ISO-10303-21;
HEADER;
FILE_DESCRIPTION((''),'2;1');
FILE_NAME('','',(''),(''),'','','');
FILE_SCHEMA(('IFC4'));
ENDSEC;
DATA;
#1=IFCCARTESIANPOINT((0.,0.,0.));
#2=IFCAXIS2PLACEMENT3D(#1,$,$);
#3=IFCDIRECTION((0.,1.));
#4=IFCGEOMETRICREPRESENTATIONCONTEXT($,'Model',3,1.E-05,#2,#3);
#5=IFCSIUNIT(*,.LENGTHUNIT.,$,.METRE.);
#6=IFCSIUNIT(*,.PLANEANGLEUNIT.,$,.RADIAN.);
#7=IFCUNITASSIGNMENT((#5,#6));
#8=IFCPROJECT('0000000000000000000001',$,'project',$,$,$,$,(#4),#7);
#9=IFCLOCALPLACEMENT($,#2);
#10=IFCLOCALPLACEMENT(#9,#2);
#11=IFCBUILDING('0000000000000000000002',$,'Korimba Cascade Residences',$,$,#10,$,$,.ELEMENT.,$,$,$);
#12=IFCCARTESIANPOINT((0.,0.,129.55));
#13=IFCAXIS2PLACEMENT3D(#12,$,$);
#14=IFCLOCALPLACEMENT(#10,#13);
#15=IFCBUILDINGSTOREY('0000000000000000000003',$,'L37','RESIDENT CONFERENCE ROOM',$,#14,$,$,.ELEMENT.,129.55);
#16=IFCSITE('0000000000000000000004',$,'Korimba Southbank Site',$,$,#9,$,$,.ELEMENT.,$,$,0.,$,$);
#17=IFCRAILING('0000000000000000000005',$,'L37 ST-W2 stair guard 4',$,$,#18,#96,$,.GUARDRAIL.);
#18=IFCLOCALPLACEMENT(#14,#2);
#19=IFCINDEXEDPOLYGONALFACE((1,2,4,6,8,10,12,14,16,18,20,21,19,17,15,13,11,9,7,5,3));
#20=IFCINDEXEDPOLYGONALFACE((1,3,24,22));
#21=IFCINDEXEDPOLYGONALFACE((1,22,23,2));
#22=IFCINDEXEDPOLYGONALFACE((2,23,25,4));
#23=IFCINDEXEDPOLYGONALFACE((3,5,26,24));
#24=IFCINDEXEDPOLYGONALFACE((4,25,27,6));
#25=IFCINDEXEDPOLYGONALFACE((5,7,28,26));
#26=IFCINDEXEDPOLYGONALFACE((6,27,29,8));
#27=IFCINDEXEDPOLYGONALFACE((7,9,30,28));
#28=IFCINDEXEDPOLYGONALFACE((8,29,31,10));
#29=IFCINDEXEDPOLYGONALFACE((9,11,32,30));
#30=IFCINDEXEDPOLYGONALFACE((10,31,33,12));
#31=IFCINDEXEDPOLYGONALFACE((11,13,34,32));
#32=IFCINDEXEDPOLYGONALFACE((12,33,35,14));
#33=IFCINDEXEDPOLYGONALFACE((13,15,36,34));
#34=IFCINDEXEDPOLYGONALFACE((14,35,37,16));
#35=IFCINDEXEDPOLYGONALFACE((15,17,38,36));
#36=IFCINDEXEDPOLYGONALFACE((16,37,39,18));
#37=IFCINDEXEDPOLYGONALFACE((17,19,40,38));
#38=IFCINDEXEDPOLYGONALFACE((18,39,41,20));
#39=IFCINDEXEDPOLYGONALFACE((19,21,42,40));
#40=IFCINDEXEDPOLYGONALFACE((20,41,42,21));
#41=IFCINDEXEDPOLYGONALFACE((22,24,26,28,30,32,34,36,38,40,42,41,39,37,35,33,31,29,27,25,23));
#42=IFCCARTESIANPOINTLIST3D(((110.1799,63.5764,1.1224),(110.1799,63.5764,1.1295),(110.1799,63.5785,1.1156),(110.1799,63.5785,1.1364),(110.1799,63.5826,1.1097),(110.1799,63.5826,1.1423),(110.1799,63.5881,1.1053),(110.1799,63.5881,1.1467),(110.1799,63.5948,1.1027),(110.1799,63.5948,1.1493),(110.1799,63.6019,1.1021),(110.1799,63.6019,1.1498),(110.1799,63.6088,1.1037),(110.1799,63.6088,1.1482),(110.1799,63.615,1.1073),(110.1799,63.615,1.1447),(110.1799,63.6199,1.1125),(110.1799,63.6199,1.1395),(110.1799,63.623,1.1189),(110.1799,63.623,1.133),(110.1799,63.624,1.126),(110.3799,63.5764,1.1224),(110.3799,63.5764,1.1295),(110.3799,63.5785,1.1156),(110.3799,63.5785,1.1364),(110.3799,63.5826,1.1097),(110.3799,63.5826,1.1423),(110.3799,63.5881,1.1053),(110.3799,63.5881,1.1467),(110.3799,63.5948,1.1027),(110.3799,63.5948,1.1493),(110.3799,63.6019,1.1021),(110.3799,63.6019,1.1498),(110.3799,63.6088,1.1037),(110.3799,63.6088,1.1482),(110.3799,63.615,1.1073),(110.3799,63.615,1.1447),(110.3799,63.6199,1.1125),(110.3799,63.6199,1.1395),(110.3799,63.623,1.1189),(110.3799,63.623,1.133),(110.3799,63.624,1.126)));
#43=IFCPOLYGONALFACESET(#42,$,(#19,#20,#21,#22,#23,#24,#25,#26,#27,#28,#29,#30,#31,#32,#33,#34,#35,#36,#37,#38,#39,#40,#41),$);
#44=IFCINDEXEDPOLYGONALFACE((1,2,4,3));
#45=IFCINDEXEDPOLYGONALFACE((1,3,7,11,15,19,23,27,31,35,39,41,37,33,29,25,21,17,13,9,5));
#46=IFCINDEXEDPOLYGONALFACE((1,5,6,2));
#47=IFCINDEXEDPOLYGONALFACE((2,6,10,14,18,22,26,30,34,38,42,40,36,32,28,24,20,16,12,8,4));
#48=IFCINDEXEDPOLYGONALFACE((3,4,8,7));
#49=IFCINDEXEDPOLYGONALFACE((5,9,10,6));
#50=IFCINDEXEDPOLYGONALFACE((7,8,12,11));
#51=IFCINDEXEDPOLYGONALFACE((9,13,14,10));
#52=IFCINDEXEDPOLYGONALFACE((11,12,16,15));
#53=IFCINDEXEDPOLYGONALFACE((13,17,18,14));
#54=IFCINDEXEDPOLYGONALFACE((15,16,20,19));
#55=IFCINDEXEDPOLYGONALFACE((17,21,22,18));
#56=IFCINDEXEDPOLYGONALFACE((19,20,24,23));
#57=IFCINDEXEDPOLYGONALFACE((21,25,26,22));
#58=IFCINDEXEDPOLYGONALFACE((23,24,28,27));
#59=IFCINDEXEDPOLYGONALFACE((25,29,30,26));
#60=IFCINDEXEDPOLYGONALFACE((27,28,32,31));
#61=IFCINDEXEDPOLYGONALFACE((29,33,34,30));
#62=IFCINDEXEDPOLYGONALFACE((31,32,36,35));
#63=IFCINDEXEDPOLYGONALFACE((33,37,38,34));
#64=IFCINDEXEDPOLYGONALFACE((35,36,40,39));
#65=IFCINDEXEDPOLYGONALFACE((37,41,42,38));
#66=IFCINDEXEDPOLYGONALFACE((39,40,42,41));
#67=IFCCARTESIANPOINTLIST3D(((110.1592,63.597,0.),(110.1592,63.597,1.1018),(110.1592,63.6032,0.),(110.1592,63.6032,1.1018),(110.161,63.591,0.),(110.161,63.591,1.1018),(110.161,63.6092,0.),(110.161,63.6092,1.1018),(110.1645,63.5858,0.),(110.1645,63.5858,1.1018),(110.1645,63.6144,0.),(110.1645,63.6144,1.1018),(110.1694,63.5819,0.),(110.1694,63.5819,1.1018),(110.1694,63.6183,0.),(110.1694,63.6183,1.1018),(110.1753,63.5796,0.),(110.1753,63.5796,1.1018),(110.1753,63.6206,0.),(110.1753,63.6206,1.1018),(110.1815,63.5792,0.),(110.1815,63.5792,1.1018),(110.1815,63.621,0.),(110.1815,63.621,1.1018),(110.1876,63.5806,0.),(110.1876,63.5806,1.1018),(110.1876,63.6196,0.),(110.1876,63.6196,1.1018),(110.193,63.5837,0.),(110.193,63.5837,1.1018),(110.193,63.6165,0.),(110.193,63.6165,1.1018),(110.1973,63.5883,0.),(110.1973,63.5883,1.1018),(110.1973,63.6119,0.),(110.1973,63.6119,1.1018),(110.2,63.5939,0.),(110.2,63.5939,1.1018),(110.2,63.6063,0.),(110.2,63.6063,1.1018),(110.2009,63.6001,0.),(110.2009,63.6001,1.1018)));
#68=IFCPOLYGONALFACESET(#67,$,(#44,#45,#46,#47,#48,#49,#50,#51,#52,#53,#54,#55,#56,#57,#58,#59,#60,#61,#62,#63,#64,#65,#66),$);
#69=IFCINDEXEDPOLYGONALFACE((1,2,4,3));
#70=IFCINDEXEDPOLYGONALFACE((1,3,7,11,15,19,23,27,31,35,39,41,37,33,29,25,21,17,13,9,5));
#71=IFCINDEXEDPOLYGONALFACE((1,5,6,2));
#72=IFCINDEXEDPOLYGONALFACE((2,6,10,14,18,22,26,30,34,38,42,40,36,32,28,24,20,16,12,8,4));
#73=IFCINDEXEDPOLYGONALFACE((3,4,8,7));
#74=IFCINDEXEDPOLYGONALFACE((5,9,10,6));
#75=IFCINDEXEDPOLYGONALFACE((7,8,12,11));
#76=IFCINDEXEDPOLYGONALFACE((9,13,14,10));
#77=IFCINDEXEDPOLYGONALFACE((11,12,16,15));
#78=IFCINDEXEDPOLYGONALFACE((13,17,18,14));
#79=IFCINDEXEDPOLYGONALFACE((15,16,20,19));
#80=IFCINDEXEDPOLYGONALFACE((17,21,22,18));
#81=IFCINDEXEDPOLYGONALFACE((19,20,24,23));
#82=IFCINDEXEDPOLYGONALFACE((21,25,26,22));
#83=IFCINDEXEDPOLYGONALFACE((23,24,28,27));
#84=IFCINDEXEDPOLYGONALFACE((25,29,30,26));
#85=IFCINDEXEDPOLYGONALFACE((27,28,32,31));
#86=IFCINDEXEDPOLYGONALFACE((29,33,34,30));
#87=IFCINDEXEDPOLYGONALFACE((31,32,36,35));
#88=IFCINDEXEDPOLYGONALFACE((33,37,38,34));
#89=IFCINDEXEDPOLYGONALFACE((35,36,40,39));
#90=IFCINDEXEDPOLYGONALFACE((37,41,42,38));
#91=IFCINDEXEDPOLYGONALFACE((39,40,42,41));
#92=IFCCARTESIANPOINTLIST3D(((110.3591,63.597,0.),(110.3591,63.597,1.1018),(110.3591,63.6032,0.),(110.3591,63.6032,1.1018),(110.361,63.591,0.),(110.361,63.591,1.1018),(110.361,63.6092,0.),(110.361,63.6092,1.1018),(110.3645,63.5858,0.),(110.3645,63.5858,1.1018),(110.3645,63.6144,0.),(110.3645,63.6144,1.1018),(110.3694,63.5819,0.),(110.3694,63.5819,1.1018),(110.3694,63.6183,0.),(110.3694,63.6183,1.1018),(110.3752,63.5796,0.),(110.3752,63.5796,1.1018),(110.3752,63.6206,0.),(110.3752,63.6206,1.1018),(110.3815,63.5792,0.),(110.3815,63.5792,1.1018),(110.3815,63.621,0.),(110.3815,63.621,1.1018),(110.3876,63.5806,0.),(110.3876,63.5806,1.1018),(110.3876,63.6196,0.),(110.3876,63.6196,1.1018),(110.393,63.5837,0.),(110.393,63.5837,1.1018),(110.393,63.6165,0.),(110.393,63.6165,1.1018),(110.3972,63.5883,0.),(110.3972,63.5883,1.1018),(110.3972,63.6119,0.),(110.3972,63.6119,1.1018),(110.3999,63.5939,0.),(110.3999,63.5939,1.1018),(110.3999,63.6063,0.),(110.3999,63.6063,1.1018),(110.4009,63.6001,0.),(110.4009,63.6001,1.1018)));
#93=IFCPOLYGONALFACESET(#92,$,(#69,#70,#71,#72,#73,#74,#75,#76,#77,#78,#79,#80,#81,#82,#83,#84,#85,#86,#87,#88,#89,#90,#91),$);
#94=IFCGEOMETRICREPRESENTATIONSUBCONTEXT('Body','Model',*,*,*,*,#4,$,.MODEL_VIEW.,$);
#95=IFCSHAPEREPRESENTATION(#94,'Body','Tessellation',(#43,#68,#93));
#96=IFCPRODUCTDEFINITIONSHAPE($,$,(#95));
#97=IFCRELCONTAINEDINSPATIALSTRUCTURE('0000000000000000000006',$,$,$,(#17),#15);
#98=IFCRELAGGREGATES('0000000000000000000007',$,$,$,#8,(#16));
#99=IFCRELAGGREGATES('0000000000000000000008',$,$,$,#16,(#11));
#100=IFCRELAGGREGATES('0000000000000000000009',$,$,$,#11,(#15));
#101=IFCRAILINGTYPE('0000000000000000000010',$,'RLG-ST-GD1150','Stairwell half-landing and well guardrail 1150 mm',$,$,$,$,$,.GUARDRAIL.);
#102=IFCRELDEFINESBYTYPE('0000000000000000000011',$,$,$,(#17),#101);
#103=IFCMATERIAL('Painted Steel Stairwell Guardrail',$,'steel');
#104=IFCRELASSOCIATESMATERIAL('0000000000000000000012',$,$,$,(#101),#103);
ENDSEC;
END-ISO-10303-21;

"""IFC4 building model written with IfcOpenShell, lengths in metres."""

from ifc_helpers import new_model, si_unit, direction, frame, origin, origin_2d, place, context, subcontext, project, spatial, circle, extrude, material, type_object, element, save


model = new_model("IFC4")

# Units and contexts
model_context = context("Model", 3, precision=1e-05, world=origin(), true_north=direction((0.0, 1.0)))
body_context = subcontext(model_context, "Body", "Model", "MODEL_VIEW")
ifc_project = project(units=[si_unit("LENGTHUNIT", "METRE"), si_unit("PLANEANGLEUNIT", "RADIAN")], contexts=[model_context])

# Site, building, storey
site_placement = place(None, origin())
site = spatial("IfcSite", under=ifc_project, at=site_placement, Name="Korimba Southbank Site", CompositionType="ELEMENT", RefElevation=0.0)
building_placement = place(site_placement, origin())
building = spatial("IfcBuilding", under=site, at=building_placement, Name="Korimba Cascade Residences", CompositionType="ELEMENT")
storey_placement = place(building_placement, frame((0.0, 0.0, 129.55)))
storey = spatial("IfcBuildingStorey", under=building, at=storey_placement, Name="L37", Description="RESIDENT CONFERENCE ROOM", CompositionType="ELEMENT", Elevation=129.55)

# Railing
ifc_material_1 = material(Name="Painted Steel Stairwell Guardrail", Category="steel")
railing_type_1 = type_object("IfcRailingType", Name="RLG-ST-GD1150", Description="Stairwell half-landing and well guardrail 1150 mm", PredefinedType="GUARDRAIL", material=ifc_material_1)
railing_1_placement = place(storey_placement, frame((110.1799, 63.6001, 0.0)))
element("IfcRailing", 1, at=railing_1_placement, inside=storey, type_object=railing_type_1, Name="L37 ST-W2 stair guard 4", PredefinedType="GUARDRAIL", context=body_context, shape_type="SweptSolid", body=[
    extrude(circle(Radius=0.0239, at=origin_2d()), frame((0.0, 0.0, 1.126), z_axis=(1.0, 0.0, 0.0), x_axis=(0.0, 1.0, 0.0)), (0.0, 0.0, 1.0), 0.2),
    extrude(circle(Radius=0.021, at=origin_2d()), origin(), (0.0, 0.0, 1.0), 1.1018),
    extrude(circle(Radius=0.021, at=origin_2d()), frame((0.2, 0.0, 0.0)), (0.0, 0.0, 1.0), 1.1018),
])

save(model, "model.ifc")
